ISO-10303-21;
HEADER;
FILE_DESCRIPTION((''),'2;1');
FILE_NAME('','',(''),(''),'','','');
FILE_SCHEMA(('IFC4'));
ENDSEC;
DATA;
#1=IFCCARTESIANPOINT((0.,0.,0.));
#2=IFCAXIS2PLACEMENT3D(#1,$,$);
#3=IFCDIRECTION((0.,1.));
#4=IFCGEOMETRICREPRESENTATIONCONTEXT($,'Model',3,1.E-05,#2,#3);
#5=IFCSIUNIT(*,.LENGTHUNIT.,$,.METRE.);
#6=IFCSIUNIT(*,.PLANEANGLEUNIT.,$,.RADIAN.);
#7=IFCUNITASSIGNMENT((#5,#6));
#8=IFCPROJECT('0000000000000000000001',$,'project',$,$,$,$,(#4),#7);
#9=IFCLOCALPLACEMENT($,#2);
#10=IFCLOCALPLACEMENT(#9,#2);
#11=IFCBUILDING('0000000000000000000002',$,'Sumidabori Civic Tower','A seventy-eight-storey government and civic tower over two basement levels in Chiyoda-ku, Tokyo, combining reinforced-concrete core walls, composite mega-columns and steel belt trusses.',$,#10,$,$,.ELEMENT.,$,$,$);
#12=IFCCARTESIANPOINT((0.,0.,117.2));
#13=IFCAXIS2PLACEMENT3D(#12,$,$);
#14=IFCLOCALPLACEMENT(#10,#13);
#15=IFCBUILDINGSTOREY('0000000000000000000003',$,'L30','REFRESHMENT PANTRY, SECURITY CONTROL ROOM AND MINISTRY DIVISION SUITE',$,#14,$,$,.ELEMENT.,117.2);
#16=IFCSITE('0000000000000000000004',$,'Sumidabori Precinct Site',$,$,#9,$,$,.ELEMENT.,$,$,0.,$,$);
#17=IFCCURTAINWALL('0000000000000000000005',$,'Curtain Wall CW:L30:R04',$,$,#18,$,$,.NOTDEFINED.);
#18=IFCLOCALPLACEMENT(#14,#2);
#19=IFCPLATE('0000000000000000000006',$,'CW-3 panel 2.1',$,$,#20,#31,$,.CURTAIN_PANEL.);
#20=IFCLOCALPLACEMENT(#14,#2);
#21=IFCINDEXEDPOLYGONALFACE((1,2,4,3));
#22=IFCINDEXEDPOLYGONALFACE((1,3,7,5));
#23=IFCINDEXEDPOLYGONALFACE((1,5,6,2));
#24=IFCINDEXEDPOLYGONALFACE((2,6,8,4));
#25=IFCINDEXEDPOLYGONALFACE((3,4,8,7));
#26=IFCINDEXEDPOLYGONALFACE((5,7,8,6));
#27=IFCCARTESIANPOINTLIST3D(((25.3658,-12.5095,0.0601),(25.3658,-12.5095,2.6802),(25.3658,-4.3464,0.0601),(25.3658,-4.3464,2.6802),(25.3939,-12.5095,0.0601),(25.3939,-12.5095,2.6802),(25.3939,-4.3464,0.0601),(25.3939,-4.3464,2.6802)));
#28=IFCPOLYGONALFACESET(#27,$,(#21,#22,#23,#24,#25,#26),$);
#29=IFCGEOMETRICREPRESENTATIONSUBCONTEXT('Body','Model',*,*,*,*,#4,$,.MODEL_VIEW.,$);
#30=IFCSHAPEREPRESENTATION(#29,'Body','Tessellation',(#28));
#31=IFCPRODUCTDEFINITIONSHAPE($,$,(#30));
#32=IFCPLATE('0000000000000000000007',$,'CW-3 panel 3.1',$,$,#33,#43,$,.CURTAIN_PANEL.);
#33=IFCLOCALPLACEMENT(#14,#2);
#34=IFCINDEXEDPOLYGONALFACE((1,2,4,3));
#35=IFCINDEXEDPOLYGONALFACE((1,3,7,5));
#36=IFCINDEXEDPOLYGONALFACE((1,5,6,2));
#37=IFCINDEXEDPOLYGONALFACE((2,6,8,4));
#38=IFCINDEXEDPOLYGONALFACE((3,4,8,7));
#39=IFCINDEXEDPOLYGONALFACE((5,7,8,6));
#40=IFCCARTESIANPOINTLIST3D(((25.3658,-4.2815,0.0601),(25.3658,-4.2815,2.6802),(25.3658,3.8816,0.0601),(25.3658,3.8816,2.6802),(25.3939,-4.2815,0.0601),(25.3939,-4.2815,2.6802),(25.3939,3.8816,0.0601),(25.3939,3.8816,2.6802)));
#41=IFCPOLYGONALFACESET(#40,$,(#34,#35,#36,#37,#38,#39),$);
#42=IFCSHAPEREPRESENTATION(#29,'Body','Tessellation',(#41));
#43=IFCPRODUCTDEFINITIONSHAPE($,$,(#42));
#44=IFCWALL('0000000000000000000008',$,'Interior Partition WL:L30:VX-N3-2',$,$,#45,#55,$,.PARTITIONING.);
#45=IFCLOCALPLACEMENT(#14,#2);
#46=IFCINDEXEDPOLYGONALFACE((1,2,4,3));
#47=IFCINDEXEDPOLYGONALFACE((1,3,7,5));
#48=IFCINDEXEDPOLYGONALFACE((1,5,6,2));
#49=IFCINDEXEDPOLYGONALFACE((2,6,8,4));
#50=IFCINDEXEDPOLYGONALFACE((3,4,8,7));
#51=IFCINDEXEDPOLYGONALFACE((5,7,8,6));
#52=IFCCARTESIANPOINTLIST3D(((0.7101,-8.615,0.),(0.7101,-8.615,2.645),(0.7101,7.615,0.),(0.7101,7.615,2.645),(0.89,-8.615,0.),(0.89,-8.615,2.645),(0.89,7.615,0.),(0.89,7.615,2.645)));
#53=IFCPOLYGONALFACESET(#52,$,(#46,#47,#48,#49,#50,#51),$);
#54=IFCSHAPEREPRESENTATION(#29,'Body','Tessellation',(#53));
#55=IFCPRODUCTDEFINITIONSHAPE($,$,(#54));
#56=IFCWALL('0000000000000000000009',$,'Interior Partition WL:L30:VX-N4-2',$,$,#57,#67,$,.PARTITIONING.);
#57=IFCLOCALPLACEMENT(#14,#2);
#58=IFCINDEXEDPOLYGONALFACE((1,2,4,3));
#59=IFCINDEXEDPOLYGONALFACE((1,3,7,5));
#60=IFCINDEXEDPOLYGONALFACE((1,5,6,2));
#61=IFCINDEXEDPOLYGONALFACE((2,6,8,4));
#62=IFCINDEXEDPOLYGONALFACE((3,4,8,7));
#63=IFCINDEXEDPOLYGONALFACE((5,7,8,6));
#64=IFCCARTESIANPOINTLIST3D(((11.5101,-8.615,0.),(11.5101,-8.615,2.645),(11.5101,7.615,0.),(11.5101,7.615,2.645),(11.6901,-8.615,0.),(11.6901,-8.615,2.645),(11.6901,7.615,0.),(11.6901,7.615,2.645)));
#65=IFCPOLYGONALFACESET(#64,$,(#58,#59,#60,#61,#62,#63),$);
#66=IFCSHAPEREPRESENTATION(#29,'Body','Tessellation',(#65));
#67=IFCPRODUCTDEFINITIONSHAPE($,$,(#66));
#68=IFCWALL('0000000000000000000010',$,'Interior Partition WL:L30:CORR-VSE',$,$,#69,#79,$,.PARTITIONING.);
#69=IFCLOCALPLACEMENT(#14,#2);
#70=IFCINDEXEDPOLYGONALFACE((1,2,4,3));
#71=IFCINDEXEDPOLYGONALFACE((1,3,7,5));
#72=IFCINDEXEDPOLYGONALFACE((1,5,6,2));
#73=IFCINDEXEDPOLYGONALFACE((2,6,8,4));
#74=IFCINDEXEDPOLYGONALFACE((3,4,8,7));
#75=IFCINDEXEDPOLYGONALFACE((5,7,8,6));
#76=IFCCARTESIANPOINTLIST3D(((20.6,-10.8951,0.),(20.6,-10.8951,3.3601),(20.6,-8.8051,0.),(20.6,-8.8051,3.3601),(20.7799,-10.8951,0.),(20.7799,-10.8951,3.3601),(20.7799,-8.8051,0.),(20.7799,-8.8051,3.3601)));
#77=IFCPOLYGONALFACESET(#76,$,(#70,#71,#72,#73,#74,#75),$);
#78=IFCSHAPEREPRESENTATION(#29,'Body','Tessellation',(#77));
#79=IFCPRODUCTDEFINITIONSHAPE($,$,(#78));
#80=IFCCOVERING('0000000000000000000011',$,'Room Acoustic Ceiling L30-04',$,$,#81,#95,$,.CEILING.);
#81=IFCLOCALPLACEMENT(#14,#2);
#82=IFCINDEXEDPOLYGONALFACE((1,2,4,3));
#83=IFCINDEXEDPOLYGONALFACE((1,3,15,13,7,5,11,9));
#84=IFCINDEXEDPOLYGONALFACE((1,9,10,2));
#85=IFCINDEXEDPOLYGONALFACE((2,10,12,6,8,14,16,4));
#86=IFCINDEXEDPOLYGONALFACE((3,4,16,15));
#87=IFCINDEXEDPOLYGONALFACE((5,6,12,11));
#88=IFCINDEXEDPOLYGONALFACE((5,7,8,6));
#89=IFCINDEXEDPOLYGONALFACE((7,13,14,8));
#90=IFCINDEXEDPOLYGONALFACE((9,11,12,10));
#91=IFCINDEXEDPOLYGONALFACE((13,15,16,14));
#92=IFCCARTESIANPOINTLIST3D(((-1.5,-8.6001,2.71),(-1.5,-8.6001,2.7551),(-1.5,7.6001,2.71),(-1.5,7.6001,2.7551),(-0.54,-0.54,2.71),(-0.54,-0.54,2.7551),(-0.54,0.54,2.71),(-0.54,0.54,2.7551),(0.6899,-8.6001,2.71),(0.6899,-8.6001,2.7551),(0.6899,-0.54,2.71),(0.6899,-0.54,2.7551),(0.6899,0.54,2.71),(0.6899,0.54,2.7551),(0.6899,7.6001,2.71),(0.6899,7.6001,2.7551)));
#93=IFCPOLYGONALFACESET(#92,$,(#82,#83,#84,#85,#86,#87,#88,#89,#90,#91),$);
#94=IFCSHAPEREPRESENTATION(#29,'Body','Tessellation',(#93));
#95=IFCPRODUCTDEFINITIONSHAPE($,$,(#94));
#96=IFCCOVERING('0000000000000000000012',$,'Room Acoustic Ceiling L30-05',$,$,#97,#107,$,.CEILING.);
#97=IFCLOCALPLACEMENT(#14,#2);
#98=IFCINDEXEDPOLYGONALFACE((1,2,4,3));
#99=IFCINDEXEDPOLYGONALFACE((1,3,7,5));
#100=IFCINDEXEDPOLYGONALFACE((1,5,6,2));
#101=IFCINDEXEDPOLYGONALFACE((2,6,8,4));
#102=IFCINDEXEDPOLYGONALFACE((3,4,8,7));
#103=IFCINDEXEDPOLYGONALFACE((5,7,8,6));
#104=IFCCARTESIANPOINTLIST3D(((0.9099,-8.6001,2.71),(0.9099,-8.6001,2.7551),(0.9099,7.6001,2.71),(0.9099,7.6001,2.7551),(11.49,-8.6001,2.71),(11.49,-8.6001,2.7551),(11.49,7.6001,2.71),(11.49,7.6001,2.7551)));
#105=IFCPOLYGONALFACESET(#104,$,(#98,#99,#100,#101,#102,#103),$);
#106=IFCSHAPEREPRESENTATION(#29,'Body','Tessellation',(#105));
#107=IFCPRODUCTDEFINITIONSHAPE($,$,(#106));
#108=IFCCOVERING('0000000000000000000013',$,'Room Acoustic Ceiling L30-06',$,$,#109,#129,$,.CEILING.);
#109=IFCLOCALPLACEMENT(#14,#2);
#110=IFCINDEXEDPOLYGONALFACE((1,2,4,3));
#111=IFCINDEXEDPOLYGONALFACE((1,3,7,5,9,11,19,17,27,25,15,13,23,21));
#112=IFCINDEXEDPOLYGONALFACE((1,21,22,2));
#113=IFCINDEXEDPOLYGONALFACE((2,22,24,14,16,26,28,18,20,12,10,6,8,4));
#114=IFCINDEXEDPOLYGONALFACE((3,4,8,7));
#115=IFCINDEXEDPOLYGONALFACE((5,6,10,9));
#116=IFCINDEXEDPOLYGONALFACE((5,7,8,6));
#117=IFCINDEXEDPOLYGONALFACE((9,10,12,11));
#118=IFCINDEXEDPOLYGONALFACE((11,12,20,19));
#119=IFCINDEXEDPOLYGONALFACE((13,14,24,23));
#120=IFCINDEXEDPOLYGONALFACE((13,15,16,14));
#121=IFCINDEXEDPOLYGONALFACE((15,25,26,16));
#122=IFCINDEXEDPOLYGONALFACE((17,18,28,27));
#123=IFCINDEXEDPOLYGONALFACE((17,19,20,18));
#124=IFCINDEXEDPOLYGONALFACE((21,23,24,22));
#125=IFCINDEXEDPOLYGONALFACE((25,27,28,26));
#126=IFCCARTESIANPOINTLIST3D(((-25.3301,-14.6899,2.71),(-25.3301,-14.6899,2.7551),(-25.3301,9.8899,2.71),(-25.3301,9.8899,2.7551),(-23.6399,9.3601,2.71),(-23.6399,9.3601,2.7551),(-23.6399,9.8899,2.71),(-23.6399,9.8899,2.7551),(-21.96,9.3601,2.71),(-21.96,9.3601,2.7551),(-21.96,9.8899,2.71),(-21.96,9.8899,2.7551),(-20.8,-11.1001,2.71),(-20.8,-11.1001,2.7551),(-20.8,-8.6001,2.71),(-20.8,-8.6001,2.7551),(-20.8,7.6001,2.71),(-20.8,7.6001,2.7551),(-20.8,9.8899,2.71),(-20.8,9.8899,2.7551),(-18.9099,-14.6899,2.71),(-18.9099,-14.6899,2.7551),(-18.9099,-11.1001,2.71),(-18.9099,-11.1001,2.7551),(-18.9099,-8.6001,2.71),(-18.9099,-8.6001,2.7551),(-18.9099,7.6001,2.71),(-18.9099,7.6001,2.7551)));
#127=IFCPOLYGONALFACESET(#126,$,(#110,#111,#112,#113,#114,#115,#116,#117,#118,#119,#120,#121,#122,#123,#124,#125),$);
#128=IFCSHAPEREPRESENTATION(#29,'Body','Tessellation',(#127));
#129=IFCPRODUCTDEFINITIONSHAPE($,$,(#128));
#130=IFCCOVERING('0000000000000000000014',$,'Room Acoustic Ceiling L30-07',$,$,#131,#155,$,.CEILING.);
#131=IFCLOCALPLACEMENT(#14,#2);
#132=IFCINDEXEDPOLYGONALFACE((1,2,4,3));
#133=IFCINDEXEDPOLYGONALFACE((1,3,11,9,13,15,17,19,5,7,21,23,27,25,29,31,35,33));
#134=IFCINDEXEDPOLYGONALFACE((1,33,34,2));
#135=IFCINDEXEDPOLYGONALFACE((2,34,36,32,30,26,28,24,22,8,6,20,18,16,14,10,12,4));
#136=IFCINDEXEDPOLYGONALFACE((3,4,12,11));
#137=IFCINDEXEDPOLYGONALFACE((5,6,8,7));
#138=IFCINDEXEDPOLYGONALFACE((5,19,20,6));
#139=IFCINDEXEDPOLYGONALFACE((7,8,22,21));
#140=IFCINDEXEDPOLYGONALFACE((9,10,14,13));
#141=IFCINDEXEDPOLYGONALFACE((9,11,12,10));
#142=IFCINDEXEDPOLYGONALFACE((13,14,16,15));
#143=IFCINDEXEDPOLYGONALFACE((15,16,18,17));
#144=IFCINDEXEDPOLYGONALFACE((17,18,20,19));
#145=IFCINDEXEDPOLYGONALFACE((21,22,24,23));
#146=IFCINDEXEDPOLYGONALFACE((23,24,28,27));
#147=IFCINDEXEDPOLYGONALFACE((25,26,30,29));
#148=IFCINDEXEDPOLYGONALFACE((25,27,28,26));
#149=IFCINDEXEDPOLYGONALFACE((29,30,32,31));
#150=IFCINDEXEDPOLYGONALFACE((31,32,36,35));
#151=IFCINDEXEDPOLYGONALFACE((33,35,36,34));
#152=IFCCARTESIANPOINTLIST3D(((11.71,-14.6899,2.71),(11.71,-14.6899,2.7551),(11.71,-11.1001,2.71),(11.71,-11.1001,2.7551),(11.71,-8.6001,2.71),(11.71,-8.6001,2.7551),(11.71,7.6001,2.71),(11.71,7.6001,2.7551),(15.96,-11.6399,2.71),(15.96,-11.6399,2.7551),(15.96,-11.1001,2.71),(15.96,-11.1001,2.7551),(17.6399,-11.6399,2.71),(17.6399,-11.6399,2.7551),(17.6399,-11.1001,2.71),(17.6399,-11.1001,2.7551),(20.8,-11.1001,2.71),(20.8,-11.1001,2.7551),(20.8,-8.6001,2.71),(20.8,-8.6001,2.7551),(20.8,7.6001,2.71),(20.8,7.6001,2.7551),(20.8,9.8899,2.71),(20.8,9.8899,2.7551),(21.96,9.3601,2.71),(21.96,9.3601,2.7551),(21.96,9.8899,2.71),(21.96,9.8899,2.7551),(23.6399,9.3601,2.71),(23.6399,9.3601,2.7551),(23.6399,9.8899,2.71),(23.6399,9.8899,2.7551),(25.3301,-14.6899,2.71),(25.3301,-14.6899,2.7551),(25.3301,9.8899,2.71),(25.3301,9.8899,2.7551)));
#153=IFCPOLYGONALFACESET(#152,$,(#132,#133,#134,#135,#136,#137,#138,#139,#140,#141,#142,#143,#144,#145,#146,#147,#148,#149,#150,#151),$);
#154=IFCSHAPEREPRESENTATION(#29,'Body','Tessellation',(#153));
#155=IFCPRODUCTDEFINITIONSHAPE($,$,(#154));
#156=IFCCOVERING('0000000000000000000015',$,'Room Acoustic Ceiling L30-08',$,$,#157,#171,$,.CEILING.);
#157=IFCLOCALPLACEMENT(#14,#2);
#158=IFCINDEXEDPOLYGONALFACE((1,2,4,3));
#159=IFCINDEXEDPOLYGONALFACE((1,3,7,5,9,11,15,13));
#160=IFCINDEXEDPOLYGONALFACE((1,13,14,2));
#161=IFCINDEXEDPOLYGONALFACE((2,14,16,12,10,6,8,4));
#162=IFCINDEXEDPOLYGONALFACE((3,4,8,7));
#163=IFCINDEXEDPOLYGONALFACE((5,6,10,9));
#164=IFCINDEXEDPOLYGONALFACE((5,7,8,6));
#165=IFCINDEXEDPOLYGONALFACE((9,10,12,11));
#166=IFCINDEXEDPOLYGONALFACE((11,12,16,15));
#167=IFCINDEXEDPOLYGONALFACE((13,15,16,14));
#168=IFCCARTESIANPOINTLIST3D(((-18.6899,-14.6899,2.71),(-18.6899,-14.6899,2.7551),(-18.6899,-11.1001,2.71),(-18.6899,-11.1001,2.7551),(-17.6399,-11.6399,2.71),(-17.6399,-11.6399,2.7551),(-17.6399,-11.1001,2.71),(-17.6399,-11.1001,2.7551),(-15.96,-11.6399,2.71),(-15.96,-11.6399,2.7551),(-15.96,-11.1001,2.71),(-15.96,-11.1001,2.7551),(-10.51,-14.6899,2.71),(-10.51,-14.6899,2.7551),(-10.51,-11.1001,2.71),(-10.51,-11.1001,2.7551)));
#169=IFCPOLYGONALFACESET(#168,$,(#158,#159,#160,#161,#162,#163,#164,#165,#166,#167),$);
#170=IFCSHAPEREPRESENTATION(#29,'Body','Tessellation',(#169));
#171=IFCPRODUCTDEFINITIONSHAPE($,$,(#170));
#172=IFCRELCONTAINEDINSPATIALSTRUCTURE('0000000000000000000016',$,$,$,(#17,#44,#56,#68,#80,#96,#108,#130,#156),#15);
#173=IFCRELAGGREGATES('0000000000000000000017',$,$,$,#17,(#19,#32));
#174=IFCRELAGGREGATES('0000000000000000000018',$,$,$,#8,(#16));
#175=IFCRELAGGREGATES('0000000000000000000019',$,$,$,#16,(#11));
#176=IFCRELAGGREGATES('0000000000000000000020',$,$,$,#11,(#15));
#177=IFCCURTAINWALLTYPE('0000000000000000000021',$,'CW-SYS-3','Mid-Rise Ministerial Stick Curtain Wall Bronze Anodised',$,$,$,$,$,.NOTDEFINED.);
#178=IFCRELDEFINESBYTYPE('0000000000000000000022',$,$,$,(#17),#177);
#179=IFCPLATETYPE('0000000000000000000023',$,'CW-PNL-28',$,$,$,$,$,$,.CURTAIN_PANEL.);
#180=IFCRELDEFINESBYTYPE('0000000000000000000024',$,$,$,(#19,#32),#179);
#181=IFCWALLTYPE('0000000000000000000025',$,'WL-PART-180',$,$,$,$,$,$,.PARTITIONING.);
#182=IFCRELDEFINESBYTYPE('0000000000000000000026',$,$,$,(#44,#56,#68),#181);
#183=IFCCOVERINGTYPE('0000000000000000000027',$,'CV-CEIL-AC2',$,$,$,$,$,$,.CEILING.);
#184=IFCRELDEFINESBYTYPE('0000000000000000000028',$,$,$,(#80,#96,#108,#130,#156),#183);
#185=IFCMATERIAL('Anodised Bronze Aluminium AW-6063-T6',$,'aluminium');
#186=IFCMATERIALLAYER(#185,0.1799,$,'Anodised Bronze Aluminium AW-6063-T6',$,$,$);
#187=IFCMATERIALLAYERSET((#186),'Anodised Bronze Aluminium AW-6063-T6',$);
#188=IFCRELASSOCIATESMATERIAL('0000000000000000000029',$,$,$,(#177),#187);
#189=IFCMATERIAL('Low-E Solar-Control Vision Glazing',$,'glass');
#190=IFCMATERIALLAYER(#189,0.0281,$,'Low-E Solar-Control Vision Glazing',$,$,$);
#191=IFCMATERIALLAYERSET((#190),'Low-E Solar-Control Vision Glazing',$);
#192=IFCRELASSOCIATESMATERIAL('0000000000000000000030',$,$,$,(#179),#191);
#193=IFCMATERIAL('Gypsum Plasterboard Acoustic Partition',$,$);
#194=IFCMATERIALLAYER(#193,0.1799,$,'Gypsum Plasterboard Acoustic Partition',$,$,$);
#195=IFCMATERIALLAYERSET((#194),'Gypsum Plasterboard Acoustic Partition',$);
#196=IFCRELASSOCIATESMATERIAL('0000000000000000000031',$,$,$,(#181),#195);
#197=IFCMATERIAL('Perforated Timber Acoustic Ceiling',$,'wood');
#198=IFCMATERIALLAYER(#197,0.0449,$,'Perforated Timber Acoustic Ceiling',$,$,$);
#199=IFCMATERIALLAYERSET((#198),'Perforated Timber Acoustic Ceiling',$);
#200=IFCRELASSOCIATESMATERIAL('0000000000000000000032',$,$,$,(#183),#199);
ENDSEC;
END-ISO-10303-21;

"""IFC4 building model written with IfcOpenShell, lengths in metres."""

from ifc_helpers import new_model, si_unit, direction, frame, frame_2d, origin, origin_2d, place, context, subcontext, project, spatial, polyline, rectangle, outline, extrude, source, transform, mapped, material, layer, layer_set, type_object, element, aggregate, save


model = new_model("IFC4")

# Units and contexts
model_context = context("Model", 3, precision=1e-05, world=origin(), true_north=direction((0.0, 1.0)))
body_context = subcontext(model_context, "Body", "Model", "MODEL_VIEW")
ifc_project = project(units=[si_unit("LENGTHUNIT", "METRE"), si_unit("PLANEANGLEUNIT", "RADIAN")], contexts=[model_context])

# Site, building, storey
site_placement = place(None, origin())
site = spatial("IfcSite", under=ifc_project, at=site_placement, Name="Sumidabori Precinct Site", CompositionType="ELEMENT", RefElevation=0.0)
building_placement = place(site_placement, origin())
building = spatial("IfcBuilding", under=site, at=building_placement, Name="Sumidabori Civic Tower", Description="A seventy-eight-storey government and civic tower over two basement levels in Chiyoda-ku, Tokyo, combining reinforced-concrete core walls, composite mega-columns and steel belt trusses.", CompositionType="ELEMENT")
storey_placement = place(building_placement, frame((0.0, 0.0, 117.2)))
storey = spatial("IfcBuildingStorey", under=building, at=storey_placement, Name="L30", Description="REFRESHMENT PANTRY, SECURITY CONTROL ROOM AND MINISTRY DIVISION SUITE", CompositionType="ELEMENT", Elevation=117.2)

# Curtain wall, plates
ifc_material_1 = material(Name="Anodised Bronze Aluminium AW-6063-T6", Category="aluminium")
ifc_layer_1 = layer(ifc_material_1, 0.1799, Name="Anodised Bronze Aluminium AW-6063-T6")
ifc_layer_set_1 = layer_set([ifc_layer_1], Name="Anodised Bronze Aluminium AW-6063-T6")
curtain_wall_type = type_object("IfcCurtainWallType", Name="CW-SYS-3", Description="Mid-Rise Ministerial Stick Curtain Wall Bronze Anodised", PredefinedType="NOTDEFINED", material=ifc_layer_set_1)
curtain_wall_placement = place(storey_placement, origin())
curtain_wall = element("IfcCurtainWall", 1, at=curtain_wall_placement, inside=storey, type_object=curtain_wall_type, Name="Curtain Wall CW:L30:R04", PredefinedType="NOTDEFINED")
ifc_material_2 = material(Name="Low-E Solar-Control Vision Glazing", Category="glass")
ifc_layer_2 = layer(ifc_material_2, 0.0281, Name="Low-E Solar-Control Vision Glazing")
ifc_layer_set_2 = layer_set([ifc_layer_2], Name="Low-E Solar-Control Vision Glazing")
plate_type = type_object("IfcPlateType", Name="CW-PNL-28", PredefinedType="CURTAIN_PANEL", material=ifc_layer_set_2)
shared_shape_1 = source(origin(), body_context, "Body", "SweptSolid", [
    extrude(rectangle(XDim=8.1631, YDim=0.0281, at=origin_2d()), origin(), (0.0, 0.0, 1.0), 2.6201),
])
plate_1_placement = place(storey_placement, frame((25.3799, -8.428, 0.0601), z_axis=(0.0, 0.0, 1.0), x_axis=(0.0, 1.0, 0.0)))
plate_1 = element("IfcPlate", 2, at=plate_1_placement, type_object=plate_type, Name="CW-3 panel 2.1", PredefinedType="CURTAIN_PANEL", context=body_context, shape_type="MappedRepresentation", body=[
    mapped(shared_shape_1, transform((0.0, 0.0, 0.0), x_axis=(1.0, 0.0, 0.0), y_axis=(0.0, 1.0, 0.0), z_axis=(0.0, 0.0, 1.0), scale=1.0)),
])
plate_2_placement = place(storey_placement, frame((25.3799, -0.2, 0.0601), z_axis=(0.0, 0.0, 1.0), x_axis=(0.0, 1.0, 0.0)))
plate_2 = element("IfcPlate", 3, at=plate_2_placement, type_object=plate_type, Name="CW-3 panel 3.1", PredefinedType="CURTAIN_PANEL", context=body_context, shape_type="MappedRepresentation", body=[
    mapped(shared_shape_1, transform((0.0, 0.0, 0.0), x_axis=(1.0, 0.0, 0.0), y_axis=(0.0, 1.0, 0.0), z_axis=(0.0, 0.0, 1.0), scale=1.0)),
])
aggregate(curtain_wall, [plate_1, plate_2])

# Walls
ifc_material_3 = material(Name="Gypsum Plasterboard Acoustic Partition")
ifc_layer_3 = layer(ifc_material_3, 0.1799, Name="Gypsum Plasterboard Acoustic Partition")
ifc_layer_set_3 = layer_set([ifc_layer_3], Name="Gypsum Plasterboard Acoustic Partition")
wall_type = type_object("IfcWallType", Name="WL-PART-180", PredefinedType="PARTITIONING", material=ifc_layer_set_3)
shared_shape_2 = source(origin(), body_context, "Body", "SweptSolid", [
    extrude(rectangle(XDim=16.23, YDim=0.1799, at=frame_2d((8.115, 0.0))), origin(), (0.0, 0.0, 1.0), 2.645),
])
for number, where, z_axis, x_axis, name in (
    (4, (0.8, -8.615, 0.0), (0.0, 0.0, 1.0), (0.0, 1.0, 0.0), "Interior Partition WL:L30:VX-N3-2"),
    (5, (11.6001, -8.615, 0.0), (0.0, 0.0, 1.0), (0.0, 1.0, 0.0), "Interior Partition WL:L30:VX-N4-2"),
):
    element("IfcWall", number, at=place(storey_placement, frame(where, z_axis=z_axis, x_axis=x_axis)), inside=storey, type_object=wall_type, Name=name, PredefinedType="PARTITIONING", context=body_context, shape_type="MappedRepresentation", body=[
        mapped(shared_shape_2, transform((0.0, 0.0, 0.0), x_axis=(1.0, 0.0, 0.0), y_axis=(0.0, 1.0, 0.0), z_axis=(0.0, 0.0, 1.0), scale=1.0)),
    ])
shared_shape_3 = source(origin(), body_context, "Body", "SweptSolid", [
    extrude(rectangle(XDim=2.0901, YDim=0.1799, at=frame_2d((1.0449, 0.0))), origin(), (0.0, 0.0, 1.0), 3.3601),
])
wall_placement = place(storey_placement, frame((20.6899, -10.895, 0.0), z_axis=(0.0, 0.0, 1.0), x_axis=(0.0, 1.0, 0.0)))
element("IfcWall", 6, at=wall_placement, inside=storey, type_object=wall_type, Name="Interior Partition WL:L30:CORR-VSE", PredefinedType="PARTITIONING", context=body_context, shape_type="MappedRepresentation", body=[
    mapped(shared_shape_3, transform((0.0, 0.0, 0.0), x_axis=(1.0, 0.0, 0.0), y_axis=(0.0, 1.0, 0.0), z_axis=(0.0, 0.0, 1.0), scale=1.0)),
])

# Coverings
ifc_material_4 = material(Name="Perforated Timber Acoustic Ceiling", Category="wood")
ifc_layer_4 = layer(ifc_material_4, 0.0449, Name="Perforated Timber Acoustic Ceiling")
ifc_layer_set_4 = layer_set([ifc_layer_4], Name="Perforated Timber Acoustic Ceiling")
covering_type_1 = type_object("IfcCoveringType", Name="CV-CEIL-AC2", PredefinedType="CEILING", material=ifc_layer_set_4)
covering_1_placement = place(storey_placement, frame((0.0, 0.0, 2.71)))
element("IfcCovering", 7, at=covering_1_placement, inside=storey, type_object=covering_type_1, Name="Room Acoustic Ceiling L30-04", PredefinedType="CEILING", context=body_context, shape_type="SweptSolid", body=[
    extrude(outline(polyline([(-1.5, -8.6001), (-1.5, 7.6001), (0.6899, 7.6001), (0.6899, 0.54), (-0.54, 0.54), (-0.54, -0.54), (0.6899, -0.54), (0.6899, -8.6001), (-1.5, -8.6001)])), origin(), (0.0, 0.0, 1.0), 0.0452),
])
covering_2_placement = place(storey_placement, frame((0.0, 0.0, 2.71)))
element("IfcCovering", 8, at=covering_2_placement, inside=storey, type_object=covering_type_1, Name="Room Acoustic Ceiling L30-05", PredefinedType="CEILING", context=body_context, shape_type="SweptSolid", body=[
    extrude(outline(polyline([(0.9099, -8.6001), (0.9099, 7.6001), (11.49, 7.6001), (11.49, -8.6001), (0.9099, -8.6001)])), origin(), (0.0, 0.0, 1.0), 0.0452),
])
covering_3_placement = place(storey_placement, frame((0.0, 0.0, 2.71)))
element("IfcCovering", 9, at=covering_3_placement, inside=storey, type_object=covering_type_1, Name="Room Acoustic Ceiling L30-06", PredefinedType="CEILING", context=body_context, shape_type="SweptSolid", body=[
    extrude(outline(polyline([(-25.3301, -14.6899), (-25.3301, 9.8899), (-23.6399, 9.8899), (-23.6399, 9.3601), (-21.96, 9.3601), (-21.96, 9.8899), (-20.8, 9.8899), (-20.8, 7.6001), (-18.9099, 7.6001), (-18.9099, -8.6001), (-20.8, -8.6001), (-20.8, -11.1001), (-18.9099, -11.1001), (-18.9099, -14.6899), (-25.3301, -14.6899)])), origin(), (0.0, 0.0, 1.0), 0.0452),
])
covering_4_placement = place(storey_placement, frame((0.0, 0.0, 2.71)))
element("IfcCovering", 10, at=covering_4_placement, inside=storey, type_object=covering_type_1, Name="Room Acoustic Ceiling L30-07", PredefinedType="CEILING", context=body_context, shape_type="SweptSolid", body=[
    extrude(outline(polyline([(11.71, -11.1001), (15.96, -11.1001), (15.96, -11.6399), (17.6399, -11.6399), (17.6399, -11.1001), (20.8, -11.1001), (20.8, -8.6001), (11.71, -8.6001), (11.71, 7.6001), (20.8, 7.6001), (20.8, 9.8899), (21.96, 9.8899), (21.96, 9.3601), (23.6399, 9.3601), (23.6399, 9.8899), (25.3301, 9.8899), (25.3301, -14.6899), (11.71, -14.6899), (11.71, -11.1001)])), origin(), (0.0, 0.0, 1.0), 0.0452),
])
covering_5_placement = place(storey_placement, frame((0.0, 0.0, 2.71)))
element("IfcCovering", 11, at=covering_5_placement, inside=storey, type_object=covering_type_1, Name="Room Acoustic Ceiling L30-08", PredefinedType="CEILING", context=body_context, shape_type="SweptSolid", body=[
    extrude(outline(polyline([(-18.6899, -11.1001), (-17.6399, -11.1001), (-17.6399, -11.6399), (-15.96, -11.6399), (-15.96, -11.1001), (-10.51, -11.1001), (-10.51, -14.6899), (-18.6899, -14.6899), (-18.6899, -11.1001)])), origin(), (0.0, 0.0, 1.0), 0.0452),
])

save(model, "model.ifc")
